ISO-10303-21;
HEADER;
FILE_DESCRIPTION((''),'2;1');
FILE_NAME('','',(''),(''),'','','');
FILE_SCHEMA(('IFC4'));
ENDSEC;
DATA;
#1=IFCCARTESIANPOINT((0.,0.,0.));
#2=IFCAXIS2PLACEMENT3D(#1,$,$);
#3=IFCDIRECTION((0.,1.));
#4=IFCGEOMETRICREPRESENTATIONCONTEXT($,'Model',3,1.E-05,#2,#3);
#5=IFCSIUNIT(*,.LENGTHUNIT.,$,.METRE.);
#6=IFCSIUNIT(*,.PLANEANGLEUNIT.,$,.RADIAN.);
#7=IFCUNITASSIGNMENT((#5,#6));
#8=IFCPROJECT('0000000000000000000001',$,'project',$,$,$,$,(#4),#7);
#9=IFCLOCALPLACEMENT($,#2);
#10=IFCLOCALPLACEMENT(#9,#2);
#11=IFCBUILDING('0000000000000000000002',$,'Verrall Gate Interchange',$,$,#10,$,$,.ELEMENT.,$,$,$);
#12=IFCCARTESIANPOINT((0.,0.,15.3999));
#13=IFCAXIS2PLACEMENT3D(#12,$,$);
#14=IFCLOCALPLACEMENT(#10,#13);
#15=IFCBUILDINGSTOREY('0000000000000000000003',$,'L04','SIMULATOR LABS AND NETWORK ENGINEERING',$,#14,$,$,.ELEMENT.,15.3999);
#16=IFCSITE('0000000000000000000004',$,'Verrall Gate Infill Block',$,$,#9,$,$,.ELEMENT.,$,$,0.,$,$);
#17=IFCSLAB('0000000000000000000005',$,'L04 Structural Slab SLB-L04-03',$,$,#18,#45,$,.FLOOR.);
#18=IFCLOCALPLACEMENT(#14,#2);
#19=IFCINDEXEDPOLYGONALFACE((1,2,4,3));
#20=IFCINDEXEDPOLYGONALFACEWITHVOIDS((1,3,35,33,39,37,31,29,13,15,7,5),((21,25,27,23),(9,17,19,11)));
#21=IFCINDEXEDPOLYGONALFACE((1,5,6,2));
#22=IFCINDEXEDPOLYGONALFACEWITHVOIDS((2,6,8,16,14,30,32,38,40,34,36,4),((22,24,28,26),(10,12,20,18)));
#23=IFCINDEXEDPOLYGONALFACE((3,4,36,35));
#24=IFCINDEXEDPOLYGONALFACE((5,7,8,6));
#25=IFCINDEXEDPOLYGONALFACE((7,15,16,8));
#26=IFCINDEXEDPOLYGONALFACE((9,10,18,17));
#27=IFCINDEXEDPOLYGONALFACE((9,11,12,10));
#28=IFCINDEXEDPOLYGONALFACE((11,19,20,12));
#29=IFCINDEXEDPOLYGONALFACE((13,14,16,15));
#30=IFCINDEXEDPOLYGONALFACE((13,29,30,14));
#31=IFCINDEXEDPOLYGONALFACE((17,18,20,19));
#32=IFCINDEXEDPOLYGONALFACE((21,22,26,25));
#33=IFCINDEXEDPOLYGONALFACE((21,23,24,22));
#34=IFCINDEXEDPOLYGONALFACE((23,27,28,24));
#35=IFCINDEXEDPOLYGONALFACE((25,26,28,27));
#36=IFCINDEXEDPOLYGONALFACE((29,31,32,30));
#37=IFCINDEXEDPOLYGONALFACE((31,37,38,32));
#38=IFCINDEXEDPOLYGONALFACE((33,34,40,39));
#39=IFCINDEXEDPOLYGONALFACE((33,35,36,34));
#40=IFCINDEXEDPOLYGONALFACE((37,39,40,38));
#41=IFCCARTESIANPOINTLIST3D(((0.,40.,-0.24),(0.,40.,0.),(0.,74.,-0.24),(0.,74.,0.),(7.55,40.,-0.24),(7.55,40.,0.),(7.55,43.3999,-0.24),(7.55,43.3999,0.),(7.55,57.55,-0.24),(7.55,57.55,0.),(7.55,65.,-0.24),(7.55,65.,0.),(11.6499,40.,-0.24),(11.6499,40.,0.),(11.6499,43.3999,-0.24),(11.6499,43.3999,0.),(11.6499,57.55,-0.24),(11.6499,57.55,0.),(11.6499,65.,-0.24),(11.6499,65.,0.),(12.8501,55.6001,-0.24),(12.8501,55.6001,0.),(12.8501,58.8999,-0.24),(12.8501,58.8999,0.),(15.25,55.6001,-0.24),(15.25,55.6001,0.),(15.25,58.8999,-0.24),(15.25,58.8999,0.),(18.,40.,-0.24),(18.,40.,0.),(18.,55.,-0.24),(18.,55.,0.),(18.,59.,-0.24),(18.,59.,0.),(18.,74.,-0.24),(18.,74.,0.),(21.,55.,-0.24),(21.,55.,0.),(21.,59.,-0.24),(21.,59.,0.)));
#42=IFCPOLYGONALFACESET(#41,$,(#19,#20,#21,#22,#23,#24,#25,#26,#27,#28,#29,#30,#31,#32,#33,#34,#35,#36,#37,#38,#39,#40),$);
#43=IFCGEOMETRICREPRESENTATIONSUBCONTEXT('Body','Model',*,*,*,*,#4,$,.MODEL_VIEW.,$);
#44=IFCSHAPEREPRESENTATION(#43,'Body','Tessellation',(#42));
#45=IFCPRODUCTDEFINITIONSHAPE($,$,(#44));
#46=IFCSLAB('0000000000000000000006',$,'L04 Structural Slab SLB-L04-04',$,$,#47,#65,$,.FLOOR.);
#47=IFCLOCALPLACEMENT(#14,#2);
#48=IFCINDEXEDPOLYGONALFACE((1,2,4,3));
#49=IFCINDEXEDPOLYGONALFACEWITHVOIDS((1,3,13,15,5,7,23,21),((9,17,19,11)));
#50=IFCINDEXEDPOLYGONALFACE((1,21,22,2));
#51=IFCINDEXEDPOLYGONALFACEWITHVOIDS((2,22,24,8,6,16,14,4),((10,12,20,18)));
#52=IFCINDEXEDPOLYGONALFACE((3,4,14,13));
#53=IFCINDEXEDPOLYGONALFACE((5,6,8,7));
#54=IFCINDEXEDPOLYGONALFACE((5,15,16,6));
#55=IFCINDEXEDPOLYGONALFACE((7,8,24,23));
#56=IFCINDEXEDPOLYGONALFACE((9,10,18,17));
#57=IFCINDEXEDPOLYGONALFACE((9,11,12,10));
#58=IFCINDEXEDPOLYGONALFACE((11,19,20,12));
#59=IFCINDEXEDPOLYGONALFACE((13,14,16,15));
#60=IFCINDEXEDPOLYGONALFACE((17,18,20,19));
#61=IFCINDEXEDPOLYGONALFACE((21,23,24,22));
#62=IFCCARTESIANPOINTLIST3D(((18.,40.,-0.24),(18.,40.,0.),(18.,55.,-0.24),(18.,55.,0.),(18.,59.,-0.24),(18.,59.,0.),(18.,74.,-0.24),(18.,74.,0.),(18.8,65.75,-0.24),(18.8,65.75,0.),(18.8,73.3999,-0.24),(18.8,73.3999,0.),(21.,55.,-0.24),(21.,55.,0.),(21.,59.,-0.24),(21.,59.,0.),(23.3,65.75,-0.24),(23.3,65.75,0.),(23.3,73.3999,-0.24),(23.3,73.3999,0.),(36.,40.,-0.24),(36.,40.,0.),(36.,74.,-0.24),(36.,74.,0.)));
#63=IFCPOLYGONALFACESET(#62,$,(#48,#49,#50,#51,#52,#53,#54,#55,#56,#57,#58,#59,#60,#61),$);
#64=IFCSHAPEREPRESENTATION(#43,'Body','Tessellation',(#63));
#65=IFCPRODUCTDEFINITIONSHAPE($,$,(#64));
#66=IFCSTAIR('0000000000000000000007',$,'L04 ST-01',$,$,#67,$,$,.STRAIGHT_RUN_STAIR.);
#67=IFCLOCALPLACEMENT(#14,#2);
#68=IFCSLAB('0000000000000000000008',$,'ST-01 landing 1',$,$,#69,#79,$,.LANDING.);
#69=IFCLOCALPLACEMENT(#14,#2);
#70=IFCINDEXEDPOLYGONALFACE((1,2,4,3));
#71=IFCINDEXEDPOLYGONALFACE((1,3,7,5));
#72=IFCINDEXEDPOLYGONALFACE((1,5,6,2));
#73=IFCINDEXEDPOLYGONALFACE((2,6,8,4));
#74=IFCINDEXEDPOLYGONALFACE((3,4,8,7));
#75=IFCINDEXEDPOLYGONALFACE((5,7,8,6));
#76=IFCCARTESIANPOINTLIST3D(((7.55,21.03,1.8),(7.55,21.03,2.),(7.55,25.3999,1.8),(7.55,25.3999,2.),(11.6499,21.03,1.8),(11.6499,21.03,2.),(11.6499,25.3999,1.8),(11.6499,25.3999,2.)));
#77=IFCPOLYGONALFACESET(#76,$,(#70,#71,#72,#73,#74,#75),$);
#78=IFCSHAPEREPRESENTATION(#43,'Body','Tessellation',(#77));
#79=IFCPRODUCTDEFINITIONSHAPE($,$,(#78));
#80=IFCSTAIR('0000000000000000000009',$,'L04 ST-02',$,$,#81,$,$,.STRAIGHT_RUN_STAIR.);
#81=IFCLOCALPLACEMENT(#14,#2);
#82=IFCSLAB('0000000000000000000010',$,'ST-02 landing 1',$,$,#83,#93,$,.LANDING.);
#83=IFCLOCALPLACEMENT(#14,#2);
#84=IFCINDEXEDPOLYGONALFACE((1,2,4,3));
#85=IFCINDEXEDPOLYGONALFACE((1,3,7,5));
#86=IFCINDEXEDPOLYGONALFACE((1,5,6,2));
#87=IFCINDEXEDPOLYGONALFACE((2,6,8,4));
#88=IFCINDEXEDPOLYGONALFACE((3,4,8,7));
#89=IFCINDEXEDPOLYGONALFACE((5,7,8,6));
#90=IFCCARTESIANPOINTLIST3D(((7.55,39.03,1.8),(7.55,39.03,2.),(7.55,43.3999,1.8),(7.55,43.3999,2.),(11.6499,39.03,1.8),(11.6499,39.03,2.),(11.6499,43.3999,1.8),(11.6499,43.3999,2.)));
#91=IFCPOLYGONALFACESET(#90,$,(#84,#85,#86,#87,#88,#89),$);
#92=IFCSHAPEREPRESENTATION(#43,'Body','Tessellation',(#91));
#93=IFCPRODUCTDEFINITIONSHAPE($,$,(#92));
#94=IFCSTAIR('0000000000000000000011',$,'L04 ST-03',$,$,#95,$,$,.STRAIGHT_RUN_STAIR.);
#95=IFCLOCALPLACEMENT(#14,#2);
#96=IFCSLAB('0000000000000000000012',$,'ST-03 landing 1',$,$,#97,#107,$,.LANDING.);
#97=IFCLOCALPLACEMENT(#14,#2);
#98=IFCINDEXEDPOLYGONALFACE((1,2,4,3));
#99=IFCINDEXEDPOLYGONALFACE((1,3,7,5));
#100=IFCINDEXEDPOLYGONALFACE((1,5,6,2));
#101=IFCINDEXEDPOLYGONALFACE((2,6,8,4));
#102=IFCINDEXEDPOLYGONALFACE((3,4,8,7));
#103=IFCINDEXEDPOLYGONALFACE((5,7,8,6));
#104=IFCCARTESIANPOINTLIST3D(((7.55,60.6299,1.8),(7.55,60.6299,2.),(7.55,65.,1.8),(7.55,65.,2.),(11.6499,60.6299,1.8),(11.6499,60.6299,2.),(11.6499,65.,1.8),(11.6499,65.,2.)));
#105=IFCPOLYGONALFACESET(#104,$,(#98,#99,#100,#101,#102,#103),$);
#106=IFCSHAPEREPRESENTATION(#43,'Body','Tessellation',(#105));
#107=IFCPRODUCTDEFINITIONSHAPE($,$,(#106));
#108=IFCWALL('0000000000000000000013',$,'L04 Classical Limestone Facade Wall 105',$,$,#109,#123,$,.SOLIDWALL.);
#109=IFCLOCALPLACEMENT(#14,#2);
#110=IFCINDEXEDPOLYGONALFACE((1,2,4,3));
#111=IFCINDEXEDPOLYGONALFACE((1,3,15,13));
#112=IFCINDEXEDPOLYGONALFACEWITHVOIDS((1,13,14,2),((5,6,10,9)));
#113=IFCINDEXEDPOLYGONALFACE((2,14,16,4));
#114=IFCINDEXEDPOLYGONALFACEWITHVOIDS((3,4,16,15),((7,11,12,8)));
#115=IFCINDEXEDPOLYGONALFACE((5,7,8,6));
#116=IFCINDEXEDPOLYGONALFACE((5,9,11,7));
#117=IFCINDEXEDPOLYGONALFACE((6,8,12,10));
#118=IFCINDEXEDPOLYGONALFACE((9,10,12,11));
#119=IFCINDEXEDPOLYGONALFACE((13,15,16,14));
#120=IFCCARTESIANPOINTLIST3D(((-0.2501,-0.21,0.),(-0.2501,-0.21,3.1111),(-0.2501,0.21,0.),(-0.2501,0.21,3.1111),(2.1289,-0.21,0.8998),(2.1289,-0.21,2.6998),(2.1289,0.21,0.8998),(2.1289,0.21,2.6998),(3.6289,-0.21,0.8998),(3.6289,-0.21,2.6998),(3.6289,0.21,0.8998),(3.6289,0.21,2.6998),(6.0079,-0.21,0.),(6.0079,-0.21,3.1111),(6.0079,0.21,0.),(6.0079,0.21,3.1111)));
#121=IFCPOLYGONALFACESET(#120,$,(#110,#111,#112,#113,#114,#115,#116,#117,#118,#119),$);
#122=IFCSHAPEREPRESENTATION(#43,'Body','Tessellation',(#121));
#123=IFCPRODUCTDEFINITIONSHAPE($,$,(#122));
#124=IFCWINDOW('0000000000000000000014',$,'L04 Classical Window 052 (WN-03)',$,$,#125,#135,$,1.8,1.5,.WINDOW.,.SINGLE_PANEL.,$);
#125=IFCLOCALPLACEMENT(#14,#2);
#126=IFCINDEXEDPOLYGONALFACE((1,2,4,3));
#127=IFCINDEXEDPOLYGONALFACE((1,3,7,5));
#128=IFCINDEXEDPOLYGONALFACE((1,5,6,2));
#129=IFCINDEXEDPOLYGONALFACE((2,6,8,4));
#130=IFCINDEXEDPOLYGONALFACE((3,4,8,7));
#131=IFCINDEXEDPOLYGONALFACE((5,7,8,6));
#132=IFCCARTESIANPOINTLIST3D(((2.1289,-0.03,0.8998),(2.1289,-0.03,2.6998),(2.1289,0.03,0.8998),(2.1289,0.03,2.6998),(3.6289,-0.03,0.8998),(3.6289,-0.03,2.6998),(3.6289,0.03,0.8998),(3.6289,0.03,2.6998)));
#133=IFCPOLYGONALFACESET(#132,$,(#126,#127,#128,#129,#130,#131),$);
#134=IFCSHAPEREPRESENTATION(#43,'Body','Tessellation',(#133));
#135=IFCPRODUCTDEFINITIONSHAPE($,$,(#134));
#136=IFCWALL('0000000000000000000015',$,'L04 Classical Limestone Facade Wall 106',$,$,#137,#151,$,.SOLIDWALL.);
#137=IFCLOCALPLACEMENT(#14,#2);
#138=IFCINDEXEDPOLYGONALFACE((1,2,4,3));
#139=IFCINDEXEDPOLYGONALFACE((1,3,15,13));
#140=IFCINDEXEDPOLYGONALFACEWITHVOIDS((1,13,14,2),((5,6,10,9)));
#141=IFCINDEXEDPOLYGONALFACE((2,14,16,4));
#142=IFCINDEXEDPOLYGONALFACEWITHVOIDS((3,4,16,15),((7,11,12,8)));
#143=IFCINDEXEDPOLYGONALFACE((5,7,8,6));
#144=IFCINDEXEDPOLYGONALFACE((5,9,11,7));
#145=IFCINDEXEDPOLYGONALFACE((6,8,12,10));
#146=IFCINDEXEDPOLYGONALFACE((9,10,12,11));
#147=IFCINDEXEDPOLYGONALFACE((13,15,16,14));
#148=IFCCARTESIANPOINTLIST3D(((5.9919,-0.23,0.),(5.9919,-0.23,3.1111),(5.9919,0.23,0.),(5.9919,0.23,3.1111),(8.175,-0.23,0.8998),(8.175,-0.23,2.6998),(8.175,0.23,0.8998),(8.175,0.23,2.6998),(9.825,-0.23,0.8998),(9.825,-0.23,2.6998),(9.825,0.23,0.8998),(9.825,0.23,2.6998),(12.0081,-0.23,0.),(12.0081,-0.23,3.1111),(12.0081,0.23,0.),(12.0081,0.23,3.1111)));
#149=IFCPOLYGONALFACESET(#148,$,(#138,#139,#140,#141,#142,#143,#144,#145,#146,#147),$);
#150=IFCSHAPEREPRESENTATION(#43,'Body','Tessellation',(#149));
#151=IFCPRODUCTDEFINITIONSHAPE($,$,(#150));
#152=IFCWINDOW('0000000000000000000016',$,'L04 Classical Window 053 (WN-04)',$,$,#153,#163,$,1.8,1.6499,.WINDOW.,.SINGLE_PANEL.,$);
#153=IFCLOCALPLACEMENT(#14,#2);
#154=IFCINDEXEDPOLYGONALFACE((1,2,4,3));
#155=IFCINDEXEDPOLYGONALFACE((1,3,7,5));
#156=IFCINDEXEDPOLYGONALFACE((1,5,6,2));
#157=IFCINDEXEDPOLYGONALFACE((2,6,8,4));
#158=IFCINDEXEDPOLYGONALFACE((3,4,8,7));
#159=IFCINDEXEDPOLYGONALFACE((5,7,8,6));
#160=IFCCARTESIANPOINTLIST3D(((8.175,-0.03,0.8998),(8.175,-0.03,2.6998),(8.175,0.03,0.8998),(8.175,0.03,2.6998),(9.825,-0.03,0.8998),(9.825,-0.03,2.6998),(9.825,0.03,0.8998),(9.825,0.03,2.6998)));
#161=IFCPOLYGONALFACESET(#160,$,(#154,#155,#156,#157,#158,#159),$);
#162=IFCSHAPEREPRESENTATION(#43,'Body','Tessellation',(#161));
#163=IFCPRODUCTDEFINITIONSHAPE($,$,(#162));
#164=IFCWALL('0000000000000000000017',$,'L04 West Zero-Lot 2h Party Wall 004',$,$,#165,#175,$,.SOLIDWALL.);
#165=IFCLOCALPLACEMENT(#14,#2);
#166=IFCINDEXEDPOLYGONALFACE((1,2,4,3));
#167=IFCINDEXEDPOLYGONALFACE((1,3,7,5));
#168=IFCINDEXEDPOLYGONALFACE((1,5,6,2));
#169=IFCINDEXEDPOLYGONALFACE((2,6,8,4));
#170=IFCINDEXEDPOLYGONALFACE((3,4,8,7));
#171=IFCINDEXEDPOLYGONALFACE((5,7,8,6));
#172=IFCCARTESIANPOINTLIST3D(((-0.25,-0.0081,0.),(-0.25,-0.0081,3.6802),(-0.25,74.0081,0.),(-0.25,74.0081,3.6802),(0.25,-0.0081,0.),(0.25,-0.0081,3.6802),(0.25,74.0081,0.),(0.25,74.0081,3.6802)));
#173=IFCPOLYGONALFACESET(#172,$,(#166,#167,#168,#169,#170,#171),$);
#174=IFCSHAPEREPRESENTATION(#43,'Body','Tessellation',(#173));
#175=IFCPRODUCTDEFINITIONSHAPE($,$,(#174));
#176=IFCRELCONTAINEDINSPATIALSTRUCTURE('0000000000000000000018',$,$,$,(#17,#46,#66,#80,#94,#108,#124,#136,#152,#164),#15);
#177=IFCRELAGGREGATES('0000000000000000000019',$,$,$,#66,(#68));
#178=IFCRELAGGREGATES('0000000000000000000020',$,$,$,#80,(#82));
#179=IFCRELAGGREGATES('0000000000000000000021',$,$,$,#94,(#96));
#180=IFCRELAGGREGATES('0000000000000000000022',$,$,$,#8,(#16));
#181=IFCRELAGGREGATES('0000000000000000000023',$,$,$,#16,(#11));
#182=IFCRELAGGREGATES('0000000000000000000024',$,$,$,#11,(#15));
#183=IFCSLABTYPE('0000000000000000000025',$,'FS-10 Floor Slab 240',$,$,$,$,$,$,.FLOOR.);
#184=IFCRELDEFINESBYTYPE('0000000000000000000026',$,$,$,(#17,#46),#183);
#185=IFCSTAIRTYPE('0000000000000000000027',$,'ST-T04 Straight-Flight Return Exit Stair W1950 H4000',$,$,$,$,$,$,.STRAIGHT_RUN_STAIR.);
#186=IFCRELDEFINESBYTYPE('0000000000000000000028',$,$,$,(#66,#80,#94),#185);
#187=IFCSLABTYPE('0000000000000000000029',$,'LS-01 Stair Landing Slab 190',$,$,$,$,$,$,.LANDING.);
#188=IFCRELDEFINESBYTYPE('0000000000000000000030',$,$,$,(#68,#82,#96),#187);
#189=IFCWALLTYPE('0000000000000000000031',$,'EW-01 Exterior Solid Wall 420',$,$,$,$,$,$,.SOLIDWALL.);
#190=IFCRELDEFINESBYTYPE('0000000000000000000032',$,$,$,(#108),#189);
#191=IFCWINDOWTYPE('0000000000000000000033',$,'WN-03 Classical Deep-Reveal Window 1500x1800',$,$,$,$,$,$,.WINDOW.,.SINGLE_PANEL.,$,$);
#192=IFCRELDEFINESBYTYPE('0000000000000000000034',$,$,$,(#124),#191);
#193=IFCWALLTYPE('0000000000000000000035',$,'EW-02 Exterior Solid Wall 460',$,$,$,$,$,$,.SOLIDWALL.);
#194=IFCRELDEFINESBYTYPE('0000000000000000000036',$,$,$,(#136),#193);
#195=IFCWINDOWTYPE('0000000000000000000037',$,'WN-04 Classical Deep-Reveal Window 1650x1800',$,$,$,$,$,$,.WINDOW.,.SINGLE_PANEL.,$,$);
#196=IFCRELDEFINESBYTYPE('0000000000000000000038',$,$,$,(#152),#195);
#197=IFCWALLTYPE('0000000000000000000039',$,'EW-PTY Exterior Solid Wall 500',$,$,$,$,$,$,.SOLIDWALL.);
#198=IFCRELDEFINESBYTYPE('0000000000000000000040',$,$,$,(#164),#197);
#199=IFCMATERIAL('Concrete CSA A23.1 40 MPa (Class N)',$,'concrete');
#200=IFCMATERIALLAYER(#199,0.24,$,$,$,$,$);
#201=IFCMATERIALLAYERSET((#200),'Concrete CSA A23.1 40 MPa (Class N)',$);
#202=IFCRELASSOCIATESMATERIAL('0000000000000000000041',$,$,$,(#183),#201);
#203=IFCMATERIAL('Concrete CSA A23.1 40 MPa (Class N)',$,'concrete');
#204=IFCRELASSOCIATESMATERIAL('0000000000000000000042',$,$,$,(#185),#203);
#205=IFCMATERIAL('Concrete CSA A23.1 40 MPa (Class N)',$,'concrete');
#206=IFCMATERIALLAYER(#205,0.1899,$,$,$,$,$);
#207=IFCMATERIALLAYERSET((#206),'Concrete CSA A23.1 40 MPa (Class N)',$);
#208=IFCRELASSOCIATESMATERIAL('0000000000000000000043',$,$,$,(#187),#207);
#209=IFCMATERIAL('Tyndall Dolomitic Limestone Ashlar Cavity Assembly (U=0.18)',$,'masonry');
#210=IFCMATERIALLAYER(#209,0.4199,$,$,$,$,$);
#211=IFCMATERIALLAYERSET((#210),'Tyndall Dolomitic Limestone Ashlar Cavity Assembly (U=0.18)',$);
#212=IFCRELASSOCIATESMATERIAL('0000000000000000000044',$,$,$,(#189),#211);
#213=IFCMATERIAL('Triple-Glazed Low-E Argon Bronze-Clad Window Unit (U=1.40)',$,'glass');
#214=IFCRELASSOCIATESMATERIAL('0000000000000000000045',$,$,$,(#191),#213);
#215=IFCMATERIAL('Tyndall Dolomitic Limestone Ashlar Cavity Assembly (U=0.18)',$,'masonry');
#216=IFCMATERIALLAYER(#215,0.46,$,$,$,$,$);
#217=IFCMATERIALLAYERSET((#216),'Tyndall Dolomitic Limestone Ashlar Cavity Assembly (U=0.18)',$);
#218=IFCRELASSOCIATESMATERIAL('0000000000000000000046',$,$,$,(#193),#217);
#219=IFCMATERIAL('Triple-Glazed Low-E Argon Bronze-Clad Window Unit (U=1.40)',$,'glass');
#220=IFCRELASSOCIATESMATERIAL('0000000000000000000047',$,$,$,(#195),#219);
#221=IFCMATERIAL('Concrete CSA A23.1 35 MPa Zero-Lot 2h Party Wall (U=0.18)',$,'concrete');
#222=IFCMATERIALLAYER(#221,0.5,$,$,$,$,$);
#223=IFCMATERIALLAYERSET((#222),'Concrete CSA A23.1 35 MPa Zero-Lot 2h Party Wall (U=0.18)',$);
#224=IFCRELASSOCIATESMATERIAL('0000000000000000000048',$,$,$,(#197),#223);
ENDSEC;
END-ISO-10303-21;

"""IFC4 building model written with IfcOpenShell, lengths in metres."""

from ifc_helpers import new_model, si_unit, direction, frame, frame_2d, origin, place, context, subcontext, project, spatial, polyline, rectangle, outline, extrude, material, layer, layer_set, type_object, element, fill, aggregate, save


model = new_model("IFC4")

# Units and contexts
model_context = context("Model", 3, precision=1e-05, world=origin(), true_north=direction((0.0, 1.0)))
body_context = subcontext(model_context, "Body", "Model", "MODEL_VIEW")
ifc_project = project(units=[si_unit("LENGTHUNIT", "METRE"), si_unit("PLANEANGLEUNIT", "RADIAN")], contexts=[model_context])

# Site, building, storey
site_placement = place(None, origin())
site = spatial("IfcSite", under=ifc_project, at=site_placement, Name="Verrall Gate Infill Block", CompositionType="ELEMENT", RefElevation=0.0)
building_placement = place(site_placement, origin())
building = spatial("IfcBuilding", under=site, at=building_placement, Name="Verrall Gate Interchange", CompositionType="ELEMENT")
storey_placement = place(building_placement, frame((0.0, 0.0, 15.3999)))
storey = spatial("IfcBuildingStorey", under=building, at=storey_placement, Name="L04", Description="SIMULATOR LABS AND NETWORK ENGINEERING", CompositionType="ELEMENT", Elevation=15.3999)

# Slabs
ifc_material_1 = material(Name="Concrete CSA A23.1 40 MPa (Class N)", Category="concrete")
ifc_layer_1 = layer(ifc_material_1, 0.24)
ifc_layer_set_1 = layer_set([ifc_layer_1], Name="Concrete CSA A23.1 40 MPa (Class N)")
slab_type_1 = type_object("IfcSlabType", Name="FS-10 Floor Slab 240", PredefinedType="FLOOR", material=ifc_layer_set_1)
slab_1_placement = place(storey_placement, frame((0.0, 0.0, -0.24)))
element("IfcSlab", 1, at=slab_1_placement, inside=storey, type_object=slab_type_1, Name="L04 Structural Slab SLB-L04-03", PredefinedType="FLOOR", context=body_context, shape_type="SweptSolid", body=[
    extrude(outline(polyline([(11.6499, 43.3999), (7.55, 43.3999), (7.55, 40.0), (0.0, 40.0), (0.0, 74.0), (18.0, 74.0), (18.0, 59.0), (21.0, 59.0), (21.0, 55.0), (18.0, 55.0), (18.0, 40.0), (11.6499, 40.0), (11.6499, 43.3999)]), holes=[polyline([(12.8501, 55.6001), (15.25, 55.6001), (15.25, 58.8999), (12.8501, 58.8999), (12.8501, 55.6001)]), polyline([(7.55, 57.55), (11.6499, 57.55), (11.6499, 65.0), (7.55, 65.0), (7.55, 57.55)])]), origin(), (0.0, 0.0, 1.0), 0.24),
])
slab_2_placement = place(storey_placement, frame((0.0, 0.0, -0.24)))
element("IfcSlab", 2, at=slab_2_placement, inside=storey, type_object=slab_type_1, Name="L04 Structural Slab SLB-L04-04", PredefinedType="FLOOR", context=body_context, shape_type="SweptSolid", body=[
    extrude(outline(polyline([(36.0, 40.0), (18.0, 40.0), (18.0, 55.0), (21.0, 55.0), (21.0, 59.0), (18.0, 59.0), (18.0, 74.0), (36.0, 74.0), (36.0, 40.0)]), holes=[polyline([(18.8, 65.75), (23.3, 65.75), (23.3, 73.3999), (18.8, 73.3999), (18.8, 65.75)])]), origin(), (0.0, 0.0, 1.0), 0.24),
])

# Stairs, slabs
ifc_material_2 = material(Name="Concrete CSA A23.1 40 MPa (Class N)", Category="concrete")
stair_type = type_object("IfcStairType", Name="ST-T04 Straight-Flight Return Exit Stair W1950 H4000", PredefinedType="STRAIGHT_RUN_STAIR", material=ifc_material_2)
stair_1_placement = place(storey_placement, origin())
stair_1 = element("IfcStair", 3, at=stair_1_placement, inside=storey, type_object=stair_type, Name="L04 ST-01", PredefinedType="STRAIGHT_RUN_STAIR")
ifc_material_3 = material(Name="Concrete CSA A23.1 40 MPa (Class N)", Category="concrete")
ifc_layer_2 = layer(ifc_material_3, 0.1899)
ifc_layer_set_2 = layer_set([ifc_layer_2], Name="Concrete CSA A23.1 40 MPa (Class N)")
slab_type_2 = type_object("IfcSlabType", Name="LS-01 Stair Landing Slab 190", PredefinedType="LANDING", material=ifc_layer_set_2)
slab_3_placement = place(storey_placement, frame((0.0, 0.0, 1.8)))
slab_3 = element("IfcSlab", 4, at=slab_3_placement, type_object=slab_type_2, Name="ST-01 landing 1", PredefinedType="LANDING", context=body_context, shape_type="SweptSolid", body=[
    extrude(outline(polyline([(11.6499, 21.03), (11.6499, 25.3999), (7.55, 25.3999), (7.55, 21.03), (11.6499, 21.03)])), origin(), (0.0, 0.0, 1.0), 0.2),
])
aggregate(stair_1, [slab_3])
stair_2_placement = place(storey_placement, origin())
stair_2 = element("IfcStair", 5, at=stair_2_placement, inside=storey, type_object=stair_type, Name="L04 ST-02", PredefinedType="STRAIGHT_RUN_STAIR")
slab_4_placement = place(storey_placement, frame((0.0, 0.0, 1.8)))
slab_4 = element("IfcSlab", 6, at=slab_4_placement, type_object=slab_type_2, Name="ST-02 landing 1", PredefinedType="LANDING", context=body_context, shape_type="SweptSolid", body=[
    extrude(outline(polyline([(11.6499, 39.03), (11.6499, 43.3999), (7.55, 43.3999), (7.55, 39.03), (11.6499, 39.03)])), origin(), (0.0, 0.0, 1.0), 0.2),
])
aggregate(stair_2, [slab_4])
stair_3_placement = place(storey_placement, origin())
stair_3 = element("IfcStair", 7, at=stair_3_placement, inside=storey, type_object=stair_type, Name="L04 ST-03", PredefinedType="STRAIGHT_RUN_STAIR")
slab_5_placement = place(storey_placement, frame((0.0, 0.0, 1.8)))
slab_5 = element("IfcSlab", 8, at=slab_5_placement, type_object=slab_type_2, Name="ST-03 landing 1", PredefinedType="LANDING", context=body_context, shape_type="SweptSolid", body=[
    extrude(outline(polyline([(11.6499, 60.6299), (11.6499, 65.0), (7.55, 65.0), (7.55, 60.6299), (11.6499, 60.6299)])), origin(), (0.0, 0.0, 1.0), 0.2),
])
aggregate(stair_3, [slab_5])

# Walls, openings, windows
ifc_material_4 = material(Name="Tyndall Dolomitic Limestone Ashlar Cavity Assembly (U=0.18)", Category="masonry")
ifc_layer_3 = layer(ifc_material_4, 0.4199)
ifc_layer_set_3 = layer_set([ifc_layer_3], Name="Tyndall Dolomitic Limestone Ashlar Cavity Assembly (U=0.18)")
wall_type_1 = type_object("IfcWallType", Name="EW-01 Exterior Solid Wall 420", PredefinedType="SOLIDWALL", material=ifc_layer_set_3)
wall_1_placement = place(storey_placement, frame((-0.25, 0.0, 0.0), z_axis=(0.0, 0.0, 1.0), x_axis=(1.0, 0.0, 0.0)))
wall_1 = element("IfcWall", 9, at=wall_1_placement, inside=storey, type_object=wall_type_1, Name="L04 Classical Limestone Facade Wall 105", PredefinedType="SOLIDWALL", context=body_context, shape_type="SweptSolid", body=[
    extrude(rectangle(XDim=6.2581, YDim=0.4199, at=frame_2d((3.1289, 0.0))), origin(), (0.0, 0.0, 1.0), 3.1111),
])
opening_1_placement = place(wall_1_placement, frame((2.3789, 0.0, 0.8999)))
opening_1 = element("IfcOpeningElement", 10, at=opening_1_placement, cuts=wall_1, PredefinedType="OPENING", context=body_context, shape_type="SweptSolid", body=[
    extrude(rectangle(XDim=1.5, YDim=1.8, at=frame_2d((0.75, 0.8999))), frame((0.0, 0.2249, 0.0), z_axis=(0.0, -1.0, 0.0), x_axis=(1.0, 0.0, 0.0)), (0.0, 0.0, 1.0), 0.4497),
])
ifc_material_5 = material(Name="Triple-Glazed Low-E Argon Bronze-Clad Window Unit (U=1.40)", Category="glass")
window_type_1 = type_object("IfcWindowType", Name="WN-03 Classical Deep-Reveal Window 1500x1800", PartitioningType="SINGLE_PANEL", PredefinedType="WINDOW", material=ifc_material_5)
window_1_placement = place(opening_1_placement, origin())
window_1 = element("IfcWindow", 11, at=window_1_placement, inside=storey, type_object=window_type_1, Name="L04 Classical Window 052 (WN-03)", OverallHeight=1.8, OverallWidth=1.5, PartitioningType="SINGLE_PANEL", PredefinedType="WINDOW", context=body_context, shape_type="SweptSolid", body=[
    extrude(rectangle(XDim=1.5, YDim=1.8, at=frame_2d((0.75, 0.8999))), frame((0.0, 0.03, 0.0), z_axis=(0.0, -1.0, 0.0), x_axis=(1.0, 0.0, 0.0)), (0.0, 0.0, 1.0), 0.0601),
])
fill(opening_1, window_1)
ifc_material_6 = material(Name="Tyndall Dolomitic Limestone Ashlar Cavity Assembly (U=0.18)", Category="masonry")
ifc_layer_4 = layer(ifc_material_6, 0.46)
ifc_layer_set_4 = layer_set([ifc_layer_4], Name="Tyndall Dolomitic Limestone Ashlar Cavity Assembly (U=0.18)")
wall_type_2 = type_object("IfcWallType", Name="EW-02 Exterior Solid Wall 460", PredefinedType="SOLIDWALL", material=ifc_layer_set_4)
wall_2_placement = place(storey_placement, frame((5.9919, 0.0, 0.0), z_axis=(0.0, 0.0, 1.0), x_axis=(1.0, 0.0, 0.0)))
wall_2 = element("IfcWall", 12, at=wall_2_placement, inside=storey, type_object=wall_type_2, Name="L04 Classical Limestone Facade Wall 106", PredefinedType="SOLIDWALL", context=body_context, shape_type="SweptSolid", body=[
    extrude(rectangle(XDim=6.0161, YDim=0.46, at=frame_2d((3.0081, 0.0))), origin(), (0.0, 0.0, 1.0), 3.1111),
])
opening_2_placement = place(wall_2_placement, frame((2.1831, 0.0, 0.8999)))
opening_2 = element("IfcOpeningElement", 13, at=opening_2_placement, cuts=wall_2, PredefinedType="OPENING", context=body_context, shape_type="SweptSolid", body=[
    extrude(rectangle(XDim=1.6499, YDim=1.8, at=frame_2d((0.825, 0.8999))), frame((0.0, 0.2449, 0.0), z_axis=(0.0, -1.0, 0.0), x_axis=(1.0, 0.0, 0.0)), (0.0, 0.0, 1.0), 0.4897),
])
ifc_material_7 = material(Name="Triple-Glazed Low-E Argon Bronze-Clad Window Unit (U=1.40)", Category="glass")
window_type_2 = type_object("IfcWindowType", Name="WN-04 Classical Deep-Reveal Window 1650x1800", PartitioningType="SINGLE_PANEL", PredefinedType="WINDOW", material=ifc_material_7)
window_2_placement = place(opening_2_placement, origin())
window_2 = element("IfcWindow", 14, at=window_2_placement, inside=storey, type_object=window_type_2, Name="L04 Classical Window 053 (WN-04)", OverallHeight=1.8, OverallWidth=1.6499, PartitioningType="SINGLE_PANEL", PredefinedType="WINDOW", context=body_context, shape_type="SweptSolid", body=[
    extrude(rectangle(XDim=1.6499, YDim=1.8, at=frame_2d((0.825, 0.8999))), frame((0.0, 0.03, 0.0), z_axis=(0.0, -1.0, 0.0), x_axis=(1.0, 0.0, 0.0)), (0.0, 0.0, 1.0), 0.0601),
])
fill(opening_2, window_2)

# Wall
ifc_material_8 = material(Name="Concrete CSA A23.1 35 MPa Zero-Lot 2h Party Wall (U=0.18)", Category="concrete")
ifc_layer_5 = layer(ifc_material_8, 0.5)
ifc_layer_set_5 = layer_set([ifc_layer_5], Name="Concrete CSA A23.1 35 MPa Zero-Lot 2h Party Wall (U=0.18)")
wall_type_3 = type_object("IfcWallType", Name="EW-PTY Exterior Solid Wall 500", PredefinedType="SOLIDWALL", material=ifc_layer_set_5)
wall_3_placement = place(storey_placement, frame((0.0, -0.0081, 0.0), z_axis=(0.0, 0.0, 1.0), x_axis=(0.0, 1.0, 0.0)))
element("IfcWall", 15, at=wall_3_placement, inside=storey, type_object=wall_type_3, Name="L04 West Zero-Lot 2h Party Wall 004", PredefinedType="SOLIDWALL", context=body_context, shape_type="SweptSolid", body=[
    extrude(rectangle(XDim=74.0161, YDim=0.5, at=frame_2d((37.0081, 0.0))), origin(), (0.0, 0.0, 1.0), 3.6802),
])

save(model, "model.ifc")
